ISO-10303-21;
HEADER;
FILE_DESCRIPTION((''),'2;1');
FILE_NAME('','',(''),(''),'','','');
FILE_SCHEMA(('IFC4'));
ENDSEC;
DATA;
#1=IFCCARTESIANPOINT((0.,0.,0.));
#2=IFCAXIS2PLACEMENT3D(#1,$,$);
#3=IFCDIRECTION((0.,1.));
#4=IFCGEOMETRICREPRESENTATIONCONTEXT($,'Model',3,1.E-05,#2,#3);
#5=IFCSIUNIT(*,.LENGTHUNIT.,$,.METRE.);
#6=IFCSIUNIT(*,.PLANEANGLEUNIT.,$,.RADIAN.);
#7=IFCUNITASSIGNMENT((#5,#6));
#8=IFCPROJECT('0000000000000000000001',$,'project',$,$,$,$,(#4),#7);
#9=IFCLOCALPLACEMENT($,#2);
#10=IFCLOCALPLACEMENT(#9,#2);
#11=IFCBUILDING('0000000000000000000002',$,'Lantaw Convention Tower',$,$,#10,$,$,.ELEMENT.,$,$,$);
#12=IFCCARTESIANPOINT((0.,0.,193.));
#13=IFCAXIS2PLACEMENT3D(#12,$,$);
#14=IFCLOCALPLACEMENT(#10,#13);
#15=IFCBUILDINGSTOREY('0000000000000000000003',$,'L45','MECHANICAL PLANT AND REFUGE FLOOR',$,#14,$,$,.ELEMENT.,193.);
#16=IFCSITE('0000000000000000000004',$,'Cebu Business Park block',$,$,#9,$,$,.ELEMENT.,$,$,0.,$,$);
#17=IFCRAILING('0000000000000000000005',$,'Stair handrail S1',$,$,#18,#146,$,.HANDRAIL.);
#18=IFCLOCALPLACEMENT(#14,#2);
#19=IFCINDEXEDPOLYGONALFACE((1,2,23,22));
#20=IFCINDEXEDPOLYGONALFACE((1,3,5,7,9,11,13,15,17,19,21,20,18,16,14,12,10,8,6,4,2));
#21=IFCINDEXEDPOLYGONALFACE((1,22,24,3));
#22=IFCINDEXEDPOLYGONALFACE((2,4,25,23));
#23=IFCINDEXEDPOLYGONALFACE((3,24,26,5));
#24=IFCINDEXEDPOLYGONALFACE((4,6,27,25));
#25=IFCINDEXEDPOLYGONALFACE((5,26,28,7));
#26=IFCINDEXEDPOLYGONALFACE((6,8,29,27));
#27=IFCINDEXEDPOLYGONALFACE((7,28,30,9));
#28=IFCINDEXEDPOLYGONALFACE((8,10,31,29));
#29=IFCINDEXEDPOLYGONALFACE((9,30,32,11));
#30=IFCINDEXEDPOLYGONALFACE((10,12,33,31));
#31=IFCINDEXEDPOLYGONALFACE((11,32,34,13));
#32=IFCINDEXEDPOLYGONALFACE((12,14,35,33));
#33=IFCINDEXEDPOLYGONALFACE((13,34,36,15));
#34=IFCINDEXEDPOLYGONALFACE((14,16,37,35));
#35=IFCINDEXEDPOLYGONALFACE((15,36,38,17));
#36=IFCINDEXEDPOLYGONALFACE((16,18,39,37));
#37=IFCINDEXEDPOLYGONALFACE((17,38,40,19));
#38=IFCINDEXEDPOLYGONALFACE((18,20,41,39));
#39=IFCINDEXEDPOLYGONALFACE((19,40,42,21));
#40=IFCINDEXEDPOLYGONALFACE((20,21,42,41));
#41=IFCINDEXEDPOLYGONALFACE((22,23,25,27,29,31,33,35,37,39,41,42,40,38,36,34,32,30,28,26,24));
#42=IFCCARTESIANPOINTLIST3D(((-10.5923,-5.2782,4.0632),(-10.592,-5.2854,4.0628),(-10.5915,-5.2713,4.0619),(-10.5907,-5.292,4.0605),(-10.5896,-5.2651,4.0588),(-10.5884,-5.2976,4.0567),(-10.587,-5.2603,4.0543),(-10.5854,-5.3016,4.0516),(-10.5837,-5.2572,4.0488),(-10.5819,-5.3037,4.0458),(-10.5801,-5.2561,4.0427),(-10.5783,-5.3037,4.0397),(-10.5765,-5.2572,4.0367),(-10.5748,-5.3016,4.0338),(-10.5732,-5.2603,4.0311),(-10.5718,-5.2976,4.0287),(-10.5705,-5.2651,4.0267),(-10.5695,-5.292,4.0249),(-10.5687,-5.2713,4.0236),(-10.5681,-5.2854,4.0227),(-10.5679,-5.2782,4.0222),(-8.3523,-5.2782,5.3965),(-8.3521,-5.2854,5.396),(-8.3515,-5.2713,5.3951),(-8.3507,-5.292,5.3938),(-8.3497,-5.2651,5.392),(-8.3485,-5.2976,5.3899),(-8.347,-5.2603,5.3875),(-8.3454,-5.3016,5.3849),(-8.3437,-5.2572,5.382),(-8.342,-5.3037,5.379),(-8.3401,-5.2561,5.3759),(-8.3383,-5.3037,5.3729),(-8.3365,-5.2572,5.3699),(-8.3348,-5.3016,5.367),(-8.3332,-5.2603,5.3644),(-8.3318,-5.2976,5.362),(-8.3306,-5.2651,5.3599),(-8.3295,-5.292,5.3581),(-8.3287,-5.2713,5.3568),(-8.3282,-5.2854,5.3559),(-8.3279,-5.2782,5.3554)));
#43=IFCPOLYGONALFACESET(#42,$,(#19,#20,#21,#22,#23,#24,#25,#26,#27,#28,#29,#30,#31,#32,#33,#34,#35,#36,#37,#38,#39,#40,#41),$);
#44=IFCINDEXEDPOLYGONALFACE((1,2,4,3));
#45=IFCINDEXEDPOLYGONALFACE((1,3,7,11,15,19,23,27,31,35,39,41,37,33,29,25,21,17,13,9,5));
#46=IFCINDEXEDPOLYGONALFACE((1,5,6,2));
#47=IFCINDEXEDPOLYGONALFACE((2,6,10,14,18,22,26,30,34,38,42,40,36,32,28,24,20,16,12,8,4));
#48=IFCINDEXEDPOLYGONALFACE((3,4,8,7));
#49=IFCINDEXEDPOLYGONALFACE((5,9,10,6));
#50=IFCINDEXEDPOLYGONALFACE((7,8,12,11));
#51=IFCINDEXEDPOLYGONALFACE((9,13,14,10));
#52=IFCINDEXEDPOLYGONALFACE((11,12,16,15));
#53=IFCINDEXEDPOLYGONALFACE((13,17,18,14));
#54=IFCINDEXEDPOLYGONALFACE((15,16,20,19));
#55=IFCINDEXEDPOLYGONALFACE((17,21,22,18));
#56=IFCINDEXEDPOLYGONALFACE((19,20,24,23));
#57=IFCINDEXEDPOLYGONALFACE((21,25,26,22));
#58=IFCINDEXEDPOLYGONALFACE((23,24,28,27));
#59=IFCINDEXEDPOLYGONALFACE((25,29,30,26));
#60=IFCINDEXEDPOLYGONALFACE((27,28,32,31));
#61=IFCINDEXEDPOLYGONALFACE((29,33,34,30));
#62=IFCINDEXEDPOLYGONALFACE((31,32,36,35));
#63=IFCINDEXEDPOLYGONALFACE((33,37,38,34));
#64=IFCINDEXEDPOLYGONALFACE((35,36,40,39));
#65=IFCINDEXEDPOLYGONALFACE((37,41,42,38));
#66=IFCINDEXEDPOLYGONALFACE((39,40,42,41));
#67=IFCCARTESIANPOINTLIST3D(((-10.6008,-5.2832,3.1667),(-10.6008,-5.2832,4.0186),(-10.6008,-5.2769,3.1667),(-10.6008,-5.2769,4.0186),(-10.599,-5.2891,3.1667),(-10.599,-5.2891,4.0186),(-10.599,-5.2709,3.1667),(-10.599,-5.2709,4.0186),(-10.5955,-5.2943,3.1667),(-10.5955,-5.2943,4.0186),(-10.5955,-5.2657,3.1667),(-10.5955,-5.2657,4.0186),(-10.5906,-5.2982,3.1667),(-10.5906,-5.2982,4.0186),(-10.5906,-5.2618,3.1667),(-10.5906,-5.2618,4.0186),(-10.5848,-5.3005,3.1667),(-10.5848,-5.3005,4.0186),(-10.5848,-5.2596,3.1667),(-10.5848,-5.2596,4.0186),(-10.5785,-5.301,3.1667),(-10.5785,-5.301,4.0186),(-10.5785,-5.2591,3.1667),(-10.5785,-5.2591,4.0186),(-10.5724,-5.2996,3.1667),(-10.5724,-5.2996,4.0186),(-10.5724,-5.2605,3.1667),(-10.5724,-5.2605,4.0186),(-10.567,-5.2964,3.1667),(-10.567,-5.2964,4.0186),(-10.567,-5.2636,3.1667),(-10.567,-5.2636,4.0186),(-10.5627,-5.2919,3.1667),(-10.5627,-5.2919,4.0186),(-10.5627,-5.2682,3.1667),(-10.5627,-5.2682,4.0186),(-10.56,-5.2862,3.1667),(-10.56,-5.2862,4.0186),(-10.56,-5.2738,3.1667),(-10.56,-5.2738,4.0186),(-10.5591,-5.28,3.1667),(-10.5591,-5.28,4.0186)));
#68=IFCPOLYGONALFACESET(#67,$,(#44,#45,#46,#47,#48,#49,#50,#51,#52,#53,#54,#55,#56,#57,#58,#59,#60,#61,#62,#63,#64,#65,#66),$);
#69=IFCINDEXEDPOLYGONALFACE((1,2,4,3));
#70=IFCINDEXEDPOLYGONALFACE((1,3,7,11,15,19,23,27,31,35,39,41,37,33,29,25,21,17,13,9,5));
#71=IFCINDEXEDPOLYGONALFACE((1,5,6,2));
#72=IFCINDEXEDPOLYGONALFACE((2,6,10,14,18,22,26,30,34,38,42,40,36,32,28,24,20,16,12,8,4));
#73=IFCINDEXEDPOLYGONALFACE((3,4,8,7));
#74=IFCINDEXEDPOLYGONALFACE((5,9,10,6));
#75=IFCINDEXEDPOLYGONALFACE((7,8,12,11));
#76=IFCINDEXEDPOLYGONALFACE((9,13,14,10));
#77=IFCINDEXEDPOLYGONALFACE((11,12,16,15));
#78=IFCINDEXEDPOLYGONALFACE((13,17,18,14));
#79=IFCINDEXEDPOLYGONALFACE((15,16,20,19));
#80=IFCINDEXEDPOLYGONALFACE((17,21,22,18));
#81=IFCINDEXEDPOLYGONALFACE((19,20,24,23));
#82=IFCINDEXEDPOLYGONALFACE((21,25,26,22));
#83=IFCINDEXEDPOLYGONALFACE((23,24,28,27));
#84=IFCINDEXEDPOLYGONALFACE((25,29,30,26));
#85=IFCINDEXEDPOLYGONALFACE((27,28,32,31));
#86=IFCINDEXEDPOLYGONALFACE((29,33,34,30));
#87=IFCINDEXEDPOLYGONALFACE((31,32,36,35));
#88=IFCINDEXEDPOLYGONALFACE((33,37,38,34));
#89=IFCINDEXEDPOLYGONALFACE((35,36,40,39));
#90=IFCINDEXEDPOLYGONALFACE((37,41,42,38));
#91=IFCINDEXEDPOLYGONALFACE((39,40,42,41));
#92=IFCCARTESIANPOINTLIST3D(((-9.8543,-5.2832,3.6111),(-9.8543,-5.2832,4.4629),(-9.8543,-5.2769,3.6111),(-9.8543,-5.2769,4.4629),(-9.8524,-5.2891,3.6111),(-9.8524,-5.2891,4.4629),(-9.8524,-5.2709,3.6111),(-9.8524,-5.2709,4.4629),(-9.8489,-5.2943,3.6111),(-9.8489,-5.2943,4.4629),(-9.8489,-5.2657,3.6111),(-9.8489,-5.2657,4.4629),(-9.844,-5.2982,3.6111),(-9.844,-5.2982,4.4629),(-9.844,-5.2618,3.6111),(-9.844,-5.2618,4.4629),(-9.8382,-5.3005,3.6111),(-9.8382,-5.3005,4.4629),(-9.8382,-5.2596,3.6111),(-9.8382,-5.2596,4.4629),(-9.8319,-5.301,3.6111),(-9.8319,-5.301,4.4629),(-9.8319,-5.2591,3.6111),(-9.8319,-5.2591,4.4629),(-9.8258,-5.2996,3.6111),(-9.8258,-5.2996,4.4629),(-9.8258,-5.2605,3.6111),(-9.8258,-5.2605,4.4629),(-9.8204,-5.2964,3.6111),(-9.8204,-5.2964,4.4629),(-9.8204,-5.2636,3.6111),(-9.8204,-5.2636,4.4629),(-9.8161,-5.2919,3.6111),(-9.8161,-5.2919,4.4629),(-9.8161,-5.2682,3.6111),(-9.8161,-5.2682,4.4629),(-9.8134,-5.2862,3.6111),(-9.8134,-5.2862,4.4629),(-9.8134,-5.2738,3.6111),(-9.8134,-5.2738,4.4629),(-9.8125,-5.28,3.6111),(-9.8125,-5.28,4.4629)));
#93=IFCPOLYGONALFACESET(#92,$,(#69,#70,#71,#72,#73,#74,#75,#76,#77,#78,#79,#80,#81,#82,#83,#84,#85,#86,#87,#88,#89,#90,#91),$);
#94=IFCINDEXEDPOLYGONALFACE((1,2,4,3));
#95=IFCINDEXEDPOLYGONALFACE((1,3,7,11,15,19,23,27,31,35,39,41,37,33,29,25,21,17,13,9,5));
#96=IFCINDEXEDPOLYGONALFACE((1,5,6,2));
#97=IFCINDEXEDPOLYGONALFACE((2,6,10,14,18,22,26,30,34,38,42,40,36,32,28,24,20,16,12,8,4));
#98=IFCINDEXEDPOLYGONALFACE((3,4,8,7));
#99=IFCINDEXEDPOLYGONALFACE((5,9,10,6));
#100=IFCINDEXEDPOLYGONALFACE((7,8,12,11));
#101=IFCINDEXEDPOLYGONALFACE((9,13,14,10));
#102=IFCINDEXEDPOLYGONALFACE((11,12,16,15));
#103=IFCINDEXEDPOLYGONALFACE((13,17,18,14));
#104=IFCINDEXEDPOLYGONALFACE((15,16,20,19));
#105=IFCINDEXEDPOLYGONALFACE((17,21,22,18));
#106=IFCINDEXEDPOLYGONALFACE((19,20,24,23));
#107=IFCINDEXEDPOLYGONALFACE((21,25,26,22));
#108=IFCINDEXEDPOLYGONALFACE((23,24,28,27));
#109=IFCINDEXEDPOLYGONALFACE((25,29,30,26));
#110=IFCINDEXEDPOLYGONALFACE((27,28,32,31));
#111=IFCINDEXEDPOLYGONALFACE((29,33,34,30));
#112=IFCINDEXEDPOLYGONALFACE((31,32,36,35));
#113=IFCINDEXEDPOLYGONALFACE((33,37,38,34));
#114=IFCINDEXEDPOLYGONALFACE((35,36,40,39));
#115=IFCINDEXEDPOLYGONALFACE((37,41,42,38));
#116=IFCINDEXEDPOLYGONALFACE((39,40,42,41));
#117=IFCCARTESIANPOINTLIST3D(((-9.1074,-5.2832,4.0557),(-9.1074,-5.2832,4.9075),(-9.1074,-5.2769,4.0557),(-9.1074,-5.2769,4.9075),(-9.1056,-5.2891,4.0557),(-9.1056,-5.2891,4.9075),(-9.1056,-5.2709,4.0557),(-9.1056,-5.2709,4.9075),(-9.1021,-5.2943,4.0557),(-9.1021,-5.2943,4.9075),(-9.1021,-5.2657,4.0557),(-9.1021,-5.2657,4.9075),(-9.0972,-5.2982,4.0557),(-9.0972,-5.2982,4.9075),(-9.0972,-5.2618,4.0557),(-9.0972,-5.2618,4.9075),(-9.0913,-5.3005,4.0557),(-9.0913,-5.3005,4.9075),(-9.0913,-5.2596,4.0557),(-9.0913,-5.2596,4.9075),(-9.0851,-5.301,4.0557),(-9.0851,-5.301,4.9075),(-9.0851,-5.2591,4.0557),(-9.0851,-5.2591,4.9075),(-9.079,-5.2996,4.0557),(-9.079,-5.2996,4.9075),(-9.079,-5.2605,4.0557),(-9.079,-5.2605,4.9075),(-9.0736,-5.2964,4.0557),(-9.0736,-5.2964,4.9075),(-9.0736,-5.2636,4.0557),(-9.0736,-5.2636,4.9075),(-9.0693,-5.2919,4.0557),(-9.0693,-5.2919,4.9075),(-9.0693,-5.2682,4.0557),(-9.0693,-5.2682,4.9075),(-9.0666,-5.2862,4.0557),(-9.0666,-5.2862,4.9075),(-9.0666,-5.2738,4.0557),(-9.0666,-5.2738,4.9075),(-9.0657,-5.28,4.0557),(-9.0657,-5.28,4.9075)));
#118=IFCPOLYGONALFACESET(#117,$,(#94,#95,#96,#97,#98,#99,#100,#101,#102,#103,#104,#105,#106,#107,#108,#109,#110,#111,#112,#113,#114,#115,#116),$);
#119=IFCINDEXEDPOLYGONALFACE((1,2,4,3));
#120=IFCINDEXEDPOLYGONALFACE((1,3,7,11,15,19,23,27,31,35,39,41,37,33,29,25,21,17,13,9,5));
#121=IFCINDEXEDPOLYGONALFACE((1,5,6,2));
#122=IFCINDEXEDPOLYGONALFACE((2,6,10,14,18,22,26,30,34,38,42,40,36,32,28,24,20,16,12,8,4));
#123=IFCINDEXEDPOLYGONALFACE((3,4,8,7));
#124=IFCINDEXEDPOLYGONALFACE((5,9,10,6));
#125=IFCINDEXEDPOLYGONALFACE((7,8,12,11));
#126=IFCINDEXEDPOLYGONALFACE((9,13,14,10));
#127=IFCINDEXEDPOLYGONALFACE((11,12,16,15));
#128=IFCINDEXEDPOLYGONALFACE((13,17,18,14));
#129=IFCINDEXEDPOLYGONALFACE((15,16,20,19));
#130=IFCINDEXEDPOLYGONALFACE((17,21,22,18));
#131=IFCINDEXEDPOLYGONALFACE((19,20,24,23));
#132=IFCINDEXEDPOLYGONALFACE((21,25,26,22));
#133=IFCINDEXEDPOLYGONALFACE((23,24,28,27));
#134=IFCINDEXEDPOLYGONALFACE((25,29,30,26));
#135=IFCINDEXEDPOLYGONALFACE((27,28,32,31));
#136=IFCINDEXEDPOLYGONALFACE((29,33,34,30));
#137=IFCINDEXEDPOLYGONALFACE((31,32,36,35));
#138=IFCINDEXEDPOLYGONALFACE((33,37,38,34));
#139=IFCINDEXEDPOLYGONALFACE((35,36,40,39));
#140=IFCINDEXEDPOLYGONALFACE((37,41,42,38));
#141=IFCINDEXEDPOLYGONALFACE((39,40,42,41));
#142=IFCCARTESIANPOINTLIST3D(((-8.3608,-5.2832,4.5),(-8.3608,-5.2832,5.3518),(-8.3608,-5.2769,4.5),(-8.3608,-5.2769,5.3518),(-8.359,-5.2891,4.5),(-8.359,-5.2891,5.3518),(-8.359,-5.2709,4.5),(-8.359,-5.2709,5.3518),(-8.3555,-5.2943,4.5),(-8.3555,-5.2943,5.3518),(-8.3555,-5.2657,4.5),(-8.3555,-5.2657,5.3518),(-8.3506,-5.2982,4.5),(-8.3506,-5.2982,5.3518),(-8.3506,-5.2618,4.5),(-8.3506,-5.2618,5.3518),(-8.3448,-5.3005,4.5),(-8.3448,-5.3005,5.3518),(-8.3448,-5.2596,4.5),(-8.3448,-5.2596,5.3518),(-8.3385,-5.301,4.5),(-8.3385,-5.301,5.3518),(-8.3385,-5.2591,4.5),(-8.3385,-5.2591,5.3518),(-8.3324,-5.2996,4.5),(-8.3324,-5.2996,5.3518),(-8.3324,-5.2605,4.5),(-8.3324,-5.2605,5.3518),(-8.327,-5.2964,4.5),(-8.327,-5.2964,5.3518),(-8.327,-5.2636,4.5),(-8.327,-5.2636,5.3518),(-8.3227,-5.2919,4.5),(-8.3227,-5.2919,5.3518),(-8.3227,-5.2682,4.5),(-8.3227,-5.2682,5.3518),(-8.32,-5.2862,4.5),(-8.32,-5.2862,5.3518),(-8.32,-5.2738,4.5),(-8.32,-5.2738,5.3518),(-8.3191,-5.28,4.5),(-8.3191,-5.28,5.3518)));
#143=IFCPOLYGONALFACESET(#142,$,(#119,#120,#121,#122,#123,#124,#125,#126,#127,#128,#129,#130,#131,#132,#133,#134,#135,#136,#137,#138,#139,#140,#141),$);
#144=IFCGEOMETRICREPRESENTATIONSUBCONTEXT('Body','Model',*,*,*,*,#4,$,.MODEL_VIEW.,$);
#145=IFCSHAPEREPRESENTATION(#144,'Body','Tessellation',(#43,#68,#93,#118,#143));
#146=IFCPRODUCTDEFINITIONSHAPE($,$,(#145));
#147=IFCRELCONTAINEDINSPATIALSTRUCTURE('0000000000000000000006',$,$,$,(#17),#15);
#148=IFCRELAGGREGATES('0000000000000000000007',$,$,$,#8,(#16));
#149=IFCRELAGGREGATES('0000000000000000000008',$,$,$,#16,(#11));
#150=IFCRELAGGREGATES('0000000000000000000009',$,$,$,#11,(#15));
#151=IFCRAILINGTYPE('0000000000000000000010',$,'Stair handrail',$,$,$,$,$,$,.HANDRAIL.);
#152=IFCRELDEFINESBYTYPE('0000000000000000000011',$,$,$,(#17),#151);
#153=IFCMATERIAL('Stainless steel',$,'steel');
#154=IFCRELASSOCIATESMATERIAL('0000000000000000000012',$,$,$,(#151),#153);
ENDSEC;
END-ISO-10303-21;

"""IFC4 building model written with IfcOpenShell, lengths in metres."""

from ifc_helpers import new_model, si_unit, direction, frame, origin, origin_2d, place, context, subcontext, project, spatial, circle, extrude, material, type_object, element, save


model = new_model("IFC4")

# Units and contexts
model_context = context("Model", 3, precision=1e-05, world=origin(), true_north=direction((0.0, 1.0)))
body_context = subcontext(model_context, "Body", "Model", "MODEL_VIEW")
ifc_project = project(units=[si_unit("LENGTHUNIT", "METRE"), si_unit("PLANEANGLEUNIT", "RADIAN")], contexts=[model_context])

# Site, building, storey
site_placement = place(None, origin())
site = spatial("IfcSite", under=ifc_project, at=site_placement, Name="Cebu Business Park block", CompositionType="ELEMENT", RefElevation=0.0)
building_placement = place(site_placement, origin())
building = spatial("IfcBuilding", under=site, at=building_placement, Name="Lantaw Convention Tower", CompositionType="ELEMENT")
storey_placement = place(building_placement, frame((0.0, 0.0, 193.0)))
storey = spatial("IfcBuildingStorey", under=building, at=storey_placement, Name="L45", Description="MECHANICAL PLANT AND REFUGE FLOOR", CompositionType="ELEMENT", Elevation=193.0)

# Railing
ifc_material_1 = material(Name="Stainless steel", Category="steel")
railing_type = type_object("IfcRailingType", Name="Stair handrail", PredefinedType="HANDRAIL", material=ifc_material_1)
railing_1_placement = place(storey_placement, frame((-10.5801, -5.28, 3.1667)))
element("IfcRailing", 1, at=railing_1_placement, inside=storey, type_object=railing_type, Name="Stair handrail S1", PredefinedType="HANDRAIL", context=body_context, shape_type="SweptSolid", body=[
    extrude(circle(Radius=0.0239, at=origin_2d()), frame((0.0, 0.0, 0.876), z_axis=(0.859306, 0.0, 0.511462), x_axis=(0.0, 1.0, 0.0)), (0.0, 0.0, 1.0), 2.6067),
    extrude(circle(Radius=0.021, at=origin_2d()), origin(), (0.0, 0.0, 1.0), 0.8518),
    extrude(circle(Radius=0.021, at=origin_2d()), frame((0.7466, 0.0, 0.4443)), (0.0, 0.0, 1.0), 0.8518),
    extrude(circle(Radius=0.021, at=origin_2d()), frame((1.4934, 0.0, 0.8889)), (0.0, 0.0, 1.0), 0.8518),
    extrude(circle(Radius=0.021, at=origin_2d()), frame((2.24, 0.0, 1.3333)), (0.0, 0.0, 1.0), 0.8518),
])

save(model, "model.ifc")
